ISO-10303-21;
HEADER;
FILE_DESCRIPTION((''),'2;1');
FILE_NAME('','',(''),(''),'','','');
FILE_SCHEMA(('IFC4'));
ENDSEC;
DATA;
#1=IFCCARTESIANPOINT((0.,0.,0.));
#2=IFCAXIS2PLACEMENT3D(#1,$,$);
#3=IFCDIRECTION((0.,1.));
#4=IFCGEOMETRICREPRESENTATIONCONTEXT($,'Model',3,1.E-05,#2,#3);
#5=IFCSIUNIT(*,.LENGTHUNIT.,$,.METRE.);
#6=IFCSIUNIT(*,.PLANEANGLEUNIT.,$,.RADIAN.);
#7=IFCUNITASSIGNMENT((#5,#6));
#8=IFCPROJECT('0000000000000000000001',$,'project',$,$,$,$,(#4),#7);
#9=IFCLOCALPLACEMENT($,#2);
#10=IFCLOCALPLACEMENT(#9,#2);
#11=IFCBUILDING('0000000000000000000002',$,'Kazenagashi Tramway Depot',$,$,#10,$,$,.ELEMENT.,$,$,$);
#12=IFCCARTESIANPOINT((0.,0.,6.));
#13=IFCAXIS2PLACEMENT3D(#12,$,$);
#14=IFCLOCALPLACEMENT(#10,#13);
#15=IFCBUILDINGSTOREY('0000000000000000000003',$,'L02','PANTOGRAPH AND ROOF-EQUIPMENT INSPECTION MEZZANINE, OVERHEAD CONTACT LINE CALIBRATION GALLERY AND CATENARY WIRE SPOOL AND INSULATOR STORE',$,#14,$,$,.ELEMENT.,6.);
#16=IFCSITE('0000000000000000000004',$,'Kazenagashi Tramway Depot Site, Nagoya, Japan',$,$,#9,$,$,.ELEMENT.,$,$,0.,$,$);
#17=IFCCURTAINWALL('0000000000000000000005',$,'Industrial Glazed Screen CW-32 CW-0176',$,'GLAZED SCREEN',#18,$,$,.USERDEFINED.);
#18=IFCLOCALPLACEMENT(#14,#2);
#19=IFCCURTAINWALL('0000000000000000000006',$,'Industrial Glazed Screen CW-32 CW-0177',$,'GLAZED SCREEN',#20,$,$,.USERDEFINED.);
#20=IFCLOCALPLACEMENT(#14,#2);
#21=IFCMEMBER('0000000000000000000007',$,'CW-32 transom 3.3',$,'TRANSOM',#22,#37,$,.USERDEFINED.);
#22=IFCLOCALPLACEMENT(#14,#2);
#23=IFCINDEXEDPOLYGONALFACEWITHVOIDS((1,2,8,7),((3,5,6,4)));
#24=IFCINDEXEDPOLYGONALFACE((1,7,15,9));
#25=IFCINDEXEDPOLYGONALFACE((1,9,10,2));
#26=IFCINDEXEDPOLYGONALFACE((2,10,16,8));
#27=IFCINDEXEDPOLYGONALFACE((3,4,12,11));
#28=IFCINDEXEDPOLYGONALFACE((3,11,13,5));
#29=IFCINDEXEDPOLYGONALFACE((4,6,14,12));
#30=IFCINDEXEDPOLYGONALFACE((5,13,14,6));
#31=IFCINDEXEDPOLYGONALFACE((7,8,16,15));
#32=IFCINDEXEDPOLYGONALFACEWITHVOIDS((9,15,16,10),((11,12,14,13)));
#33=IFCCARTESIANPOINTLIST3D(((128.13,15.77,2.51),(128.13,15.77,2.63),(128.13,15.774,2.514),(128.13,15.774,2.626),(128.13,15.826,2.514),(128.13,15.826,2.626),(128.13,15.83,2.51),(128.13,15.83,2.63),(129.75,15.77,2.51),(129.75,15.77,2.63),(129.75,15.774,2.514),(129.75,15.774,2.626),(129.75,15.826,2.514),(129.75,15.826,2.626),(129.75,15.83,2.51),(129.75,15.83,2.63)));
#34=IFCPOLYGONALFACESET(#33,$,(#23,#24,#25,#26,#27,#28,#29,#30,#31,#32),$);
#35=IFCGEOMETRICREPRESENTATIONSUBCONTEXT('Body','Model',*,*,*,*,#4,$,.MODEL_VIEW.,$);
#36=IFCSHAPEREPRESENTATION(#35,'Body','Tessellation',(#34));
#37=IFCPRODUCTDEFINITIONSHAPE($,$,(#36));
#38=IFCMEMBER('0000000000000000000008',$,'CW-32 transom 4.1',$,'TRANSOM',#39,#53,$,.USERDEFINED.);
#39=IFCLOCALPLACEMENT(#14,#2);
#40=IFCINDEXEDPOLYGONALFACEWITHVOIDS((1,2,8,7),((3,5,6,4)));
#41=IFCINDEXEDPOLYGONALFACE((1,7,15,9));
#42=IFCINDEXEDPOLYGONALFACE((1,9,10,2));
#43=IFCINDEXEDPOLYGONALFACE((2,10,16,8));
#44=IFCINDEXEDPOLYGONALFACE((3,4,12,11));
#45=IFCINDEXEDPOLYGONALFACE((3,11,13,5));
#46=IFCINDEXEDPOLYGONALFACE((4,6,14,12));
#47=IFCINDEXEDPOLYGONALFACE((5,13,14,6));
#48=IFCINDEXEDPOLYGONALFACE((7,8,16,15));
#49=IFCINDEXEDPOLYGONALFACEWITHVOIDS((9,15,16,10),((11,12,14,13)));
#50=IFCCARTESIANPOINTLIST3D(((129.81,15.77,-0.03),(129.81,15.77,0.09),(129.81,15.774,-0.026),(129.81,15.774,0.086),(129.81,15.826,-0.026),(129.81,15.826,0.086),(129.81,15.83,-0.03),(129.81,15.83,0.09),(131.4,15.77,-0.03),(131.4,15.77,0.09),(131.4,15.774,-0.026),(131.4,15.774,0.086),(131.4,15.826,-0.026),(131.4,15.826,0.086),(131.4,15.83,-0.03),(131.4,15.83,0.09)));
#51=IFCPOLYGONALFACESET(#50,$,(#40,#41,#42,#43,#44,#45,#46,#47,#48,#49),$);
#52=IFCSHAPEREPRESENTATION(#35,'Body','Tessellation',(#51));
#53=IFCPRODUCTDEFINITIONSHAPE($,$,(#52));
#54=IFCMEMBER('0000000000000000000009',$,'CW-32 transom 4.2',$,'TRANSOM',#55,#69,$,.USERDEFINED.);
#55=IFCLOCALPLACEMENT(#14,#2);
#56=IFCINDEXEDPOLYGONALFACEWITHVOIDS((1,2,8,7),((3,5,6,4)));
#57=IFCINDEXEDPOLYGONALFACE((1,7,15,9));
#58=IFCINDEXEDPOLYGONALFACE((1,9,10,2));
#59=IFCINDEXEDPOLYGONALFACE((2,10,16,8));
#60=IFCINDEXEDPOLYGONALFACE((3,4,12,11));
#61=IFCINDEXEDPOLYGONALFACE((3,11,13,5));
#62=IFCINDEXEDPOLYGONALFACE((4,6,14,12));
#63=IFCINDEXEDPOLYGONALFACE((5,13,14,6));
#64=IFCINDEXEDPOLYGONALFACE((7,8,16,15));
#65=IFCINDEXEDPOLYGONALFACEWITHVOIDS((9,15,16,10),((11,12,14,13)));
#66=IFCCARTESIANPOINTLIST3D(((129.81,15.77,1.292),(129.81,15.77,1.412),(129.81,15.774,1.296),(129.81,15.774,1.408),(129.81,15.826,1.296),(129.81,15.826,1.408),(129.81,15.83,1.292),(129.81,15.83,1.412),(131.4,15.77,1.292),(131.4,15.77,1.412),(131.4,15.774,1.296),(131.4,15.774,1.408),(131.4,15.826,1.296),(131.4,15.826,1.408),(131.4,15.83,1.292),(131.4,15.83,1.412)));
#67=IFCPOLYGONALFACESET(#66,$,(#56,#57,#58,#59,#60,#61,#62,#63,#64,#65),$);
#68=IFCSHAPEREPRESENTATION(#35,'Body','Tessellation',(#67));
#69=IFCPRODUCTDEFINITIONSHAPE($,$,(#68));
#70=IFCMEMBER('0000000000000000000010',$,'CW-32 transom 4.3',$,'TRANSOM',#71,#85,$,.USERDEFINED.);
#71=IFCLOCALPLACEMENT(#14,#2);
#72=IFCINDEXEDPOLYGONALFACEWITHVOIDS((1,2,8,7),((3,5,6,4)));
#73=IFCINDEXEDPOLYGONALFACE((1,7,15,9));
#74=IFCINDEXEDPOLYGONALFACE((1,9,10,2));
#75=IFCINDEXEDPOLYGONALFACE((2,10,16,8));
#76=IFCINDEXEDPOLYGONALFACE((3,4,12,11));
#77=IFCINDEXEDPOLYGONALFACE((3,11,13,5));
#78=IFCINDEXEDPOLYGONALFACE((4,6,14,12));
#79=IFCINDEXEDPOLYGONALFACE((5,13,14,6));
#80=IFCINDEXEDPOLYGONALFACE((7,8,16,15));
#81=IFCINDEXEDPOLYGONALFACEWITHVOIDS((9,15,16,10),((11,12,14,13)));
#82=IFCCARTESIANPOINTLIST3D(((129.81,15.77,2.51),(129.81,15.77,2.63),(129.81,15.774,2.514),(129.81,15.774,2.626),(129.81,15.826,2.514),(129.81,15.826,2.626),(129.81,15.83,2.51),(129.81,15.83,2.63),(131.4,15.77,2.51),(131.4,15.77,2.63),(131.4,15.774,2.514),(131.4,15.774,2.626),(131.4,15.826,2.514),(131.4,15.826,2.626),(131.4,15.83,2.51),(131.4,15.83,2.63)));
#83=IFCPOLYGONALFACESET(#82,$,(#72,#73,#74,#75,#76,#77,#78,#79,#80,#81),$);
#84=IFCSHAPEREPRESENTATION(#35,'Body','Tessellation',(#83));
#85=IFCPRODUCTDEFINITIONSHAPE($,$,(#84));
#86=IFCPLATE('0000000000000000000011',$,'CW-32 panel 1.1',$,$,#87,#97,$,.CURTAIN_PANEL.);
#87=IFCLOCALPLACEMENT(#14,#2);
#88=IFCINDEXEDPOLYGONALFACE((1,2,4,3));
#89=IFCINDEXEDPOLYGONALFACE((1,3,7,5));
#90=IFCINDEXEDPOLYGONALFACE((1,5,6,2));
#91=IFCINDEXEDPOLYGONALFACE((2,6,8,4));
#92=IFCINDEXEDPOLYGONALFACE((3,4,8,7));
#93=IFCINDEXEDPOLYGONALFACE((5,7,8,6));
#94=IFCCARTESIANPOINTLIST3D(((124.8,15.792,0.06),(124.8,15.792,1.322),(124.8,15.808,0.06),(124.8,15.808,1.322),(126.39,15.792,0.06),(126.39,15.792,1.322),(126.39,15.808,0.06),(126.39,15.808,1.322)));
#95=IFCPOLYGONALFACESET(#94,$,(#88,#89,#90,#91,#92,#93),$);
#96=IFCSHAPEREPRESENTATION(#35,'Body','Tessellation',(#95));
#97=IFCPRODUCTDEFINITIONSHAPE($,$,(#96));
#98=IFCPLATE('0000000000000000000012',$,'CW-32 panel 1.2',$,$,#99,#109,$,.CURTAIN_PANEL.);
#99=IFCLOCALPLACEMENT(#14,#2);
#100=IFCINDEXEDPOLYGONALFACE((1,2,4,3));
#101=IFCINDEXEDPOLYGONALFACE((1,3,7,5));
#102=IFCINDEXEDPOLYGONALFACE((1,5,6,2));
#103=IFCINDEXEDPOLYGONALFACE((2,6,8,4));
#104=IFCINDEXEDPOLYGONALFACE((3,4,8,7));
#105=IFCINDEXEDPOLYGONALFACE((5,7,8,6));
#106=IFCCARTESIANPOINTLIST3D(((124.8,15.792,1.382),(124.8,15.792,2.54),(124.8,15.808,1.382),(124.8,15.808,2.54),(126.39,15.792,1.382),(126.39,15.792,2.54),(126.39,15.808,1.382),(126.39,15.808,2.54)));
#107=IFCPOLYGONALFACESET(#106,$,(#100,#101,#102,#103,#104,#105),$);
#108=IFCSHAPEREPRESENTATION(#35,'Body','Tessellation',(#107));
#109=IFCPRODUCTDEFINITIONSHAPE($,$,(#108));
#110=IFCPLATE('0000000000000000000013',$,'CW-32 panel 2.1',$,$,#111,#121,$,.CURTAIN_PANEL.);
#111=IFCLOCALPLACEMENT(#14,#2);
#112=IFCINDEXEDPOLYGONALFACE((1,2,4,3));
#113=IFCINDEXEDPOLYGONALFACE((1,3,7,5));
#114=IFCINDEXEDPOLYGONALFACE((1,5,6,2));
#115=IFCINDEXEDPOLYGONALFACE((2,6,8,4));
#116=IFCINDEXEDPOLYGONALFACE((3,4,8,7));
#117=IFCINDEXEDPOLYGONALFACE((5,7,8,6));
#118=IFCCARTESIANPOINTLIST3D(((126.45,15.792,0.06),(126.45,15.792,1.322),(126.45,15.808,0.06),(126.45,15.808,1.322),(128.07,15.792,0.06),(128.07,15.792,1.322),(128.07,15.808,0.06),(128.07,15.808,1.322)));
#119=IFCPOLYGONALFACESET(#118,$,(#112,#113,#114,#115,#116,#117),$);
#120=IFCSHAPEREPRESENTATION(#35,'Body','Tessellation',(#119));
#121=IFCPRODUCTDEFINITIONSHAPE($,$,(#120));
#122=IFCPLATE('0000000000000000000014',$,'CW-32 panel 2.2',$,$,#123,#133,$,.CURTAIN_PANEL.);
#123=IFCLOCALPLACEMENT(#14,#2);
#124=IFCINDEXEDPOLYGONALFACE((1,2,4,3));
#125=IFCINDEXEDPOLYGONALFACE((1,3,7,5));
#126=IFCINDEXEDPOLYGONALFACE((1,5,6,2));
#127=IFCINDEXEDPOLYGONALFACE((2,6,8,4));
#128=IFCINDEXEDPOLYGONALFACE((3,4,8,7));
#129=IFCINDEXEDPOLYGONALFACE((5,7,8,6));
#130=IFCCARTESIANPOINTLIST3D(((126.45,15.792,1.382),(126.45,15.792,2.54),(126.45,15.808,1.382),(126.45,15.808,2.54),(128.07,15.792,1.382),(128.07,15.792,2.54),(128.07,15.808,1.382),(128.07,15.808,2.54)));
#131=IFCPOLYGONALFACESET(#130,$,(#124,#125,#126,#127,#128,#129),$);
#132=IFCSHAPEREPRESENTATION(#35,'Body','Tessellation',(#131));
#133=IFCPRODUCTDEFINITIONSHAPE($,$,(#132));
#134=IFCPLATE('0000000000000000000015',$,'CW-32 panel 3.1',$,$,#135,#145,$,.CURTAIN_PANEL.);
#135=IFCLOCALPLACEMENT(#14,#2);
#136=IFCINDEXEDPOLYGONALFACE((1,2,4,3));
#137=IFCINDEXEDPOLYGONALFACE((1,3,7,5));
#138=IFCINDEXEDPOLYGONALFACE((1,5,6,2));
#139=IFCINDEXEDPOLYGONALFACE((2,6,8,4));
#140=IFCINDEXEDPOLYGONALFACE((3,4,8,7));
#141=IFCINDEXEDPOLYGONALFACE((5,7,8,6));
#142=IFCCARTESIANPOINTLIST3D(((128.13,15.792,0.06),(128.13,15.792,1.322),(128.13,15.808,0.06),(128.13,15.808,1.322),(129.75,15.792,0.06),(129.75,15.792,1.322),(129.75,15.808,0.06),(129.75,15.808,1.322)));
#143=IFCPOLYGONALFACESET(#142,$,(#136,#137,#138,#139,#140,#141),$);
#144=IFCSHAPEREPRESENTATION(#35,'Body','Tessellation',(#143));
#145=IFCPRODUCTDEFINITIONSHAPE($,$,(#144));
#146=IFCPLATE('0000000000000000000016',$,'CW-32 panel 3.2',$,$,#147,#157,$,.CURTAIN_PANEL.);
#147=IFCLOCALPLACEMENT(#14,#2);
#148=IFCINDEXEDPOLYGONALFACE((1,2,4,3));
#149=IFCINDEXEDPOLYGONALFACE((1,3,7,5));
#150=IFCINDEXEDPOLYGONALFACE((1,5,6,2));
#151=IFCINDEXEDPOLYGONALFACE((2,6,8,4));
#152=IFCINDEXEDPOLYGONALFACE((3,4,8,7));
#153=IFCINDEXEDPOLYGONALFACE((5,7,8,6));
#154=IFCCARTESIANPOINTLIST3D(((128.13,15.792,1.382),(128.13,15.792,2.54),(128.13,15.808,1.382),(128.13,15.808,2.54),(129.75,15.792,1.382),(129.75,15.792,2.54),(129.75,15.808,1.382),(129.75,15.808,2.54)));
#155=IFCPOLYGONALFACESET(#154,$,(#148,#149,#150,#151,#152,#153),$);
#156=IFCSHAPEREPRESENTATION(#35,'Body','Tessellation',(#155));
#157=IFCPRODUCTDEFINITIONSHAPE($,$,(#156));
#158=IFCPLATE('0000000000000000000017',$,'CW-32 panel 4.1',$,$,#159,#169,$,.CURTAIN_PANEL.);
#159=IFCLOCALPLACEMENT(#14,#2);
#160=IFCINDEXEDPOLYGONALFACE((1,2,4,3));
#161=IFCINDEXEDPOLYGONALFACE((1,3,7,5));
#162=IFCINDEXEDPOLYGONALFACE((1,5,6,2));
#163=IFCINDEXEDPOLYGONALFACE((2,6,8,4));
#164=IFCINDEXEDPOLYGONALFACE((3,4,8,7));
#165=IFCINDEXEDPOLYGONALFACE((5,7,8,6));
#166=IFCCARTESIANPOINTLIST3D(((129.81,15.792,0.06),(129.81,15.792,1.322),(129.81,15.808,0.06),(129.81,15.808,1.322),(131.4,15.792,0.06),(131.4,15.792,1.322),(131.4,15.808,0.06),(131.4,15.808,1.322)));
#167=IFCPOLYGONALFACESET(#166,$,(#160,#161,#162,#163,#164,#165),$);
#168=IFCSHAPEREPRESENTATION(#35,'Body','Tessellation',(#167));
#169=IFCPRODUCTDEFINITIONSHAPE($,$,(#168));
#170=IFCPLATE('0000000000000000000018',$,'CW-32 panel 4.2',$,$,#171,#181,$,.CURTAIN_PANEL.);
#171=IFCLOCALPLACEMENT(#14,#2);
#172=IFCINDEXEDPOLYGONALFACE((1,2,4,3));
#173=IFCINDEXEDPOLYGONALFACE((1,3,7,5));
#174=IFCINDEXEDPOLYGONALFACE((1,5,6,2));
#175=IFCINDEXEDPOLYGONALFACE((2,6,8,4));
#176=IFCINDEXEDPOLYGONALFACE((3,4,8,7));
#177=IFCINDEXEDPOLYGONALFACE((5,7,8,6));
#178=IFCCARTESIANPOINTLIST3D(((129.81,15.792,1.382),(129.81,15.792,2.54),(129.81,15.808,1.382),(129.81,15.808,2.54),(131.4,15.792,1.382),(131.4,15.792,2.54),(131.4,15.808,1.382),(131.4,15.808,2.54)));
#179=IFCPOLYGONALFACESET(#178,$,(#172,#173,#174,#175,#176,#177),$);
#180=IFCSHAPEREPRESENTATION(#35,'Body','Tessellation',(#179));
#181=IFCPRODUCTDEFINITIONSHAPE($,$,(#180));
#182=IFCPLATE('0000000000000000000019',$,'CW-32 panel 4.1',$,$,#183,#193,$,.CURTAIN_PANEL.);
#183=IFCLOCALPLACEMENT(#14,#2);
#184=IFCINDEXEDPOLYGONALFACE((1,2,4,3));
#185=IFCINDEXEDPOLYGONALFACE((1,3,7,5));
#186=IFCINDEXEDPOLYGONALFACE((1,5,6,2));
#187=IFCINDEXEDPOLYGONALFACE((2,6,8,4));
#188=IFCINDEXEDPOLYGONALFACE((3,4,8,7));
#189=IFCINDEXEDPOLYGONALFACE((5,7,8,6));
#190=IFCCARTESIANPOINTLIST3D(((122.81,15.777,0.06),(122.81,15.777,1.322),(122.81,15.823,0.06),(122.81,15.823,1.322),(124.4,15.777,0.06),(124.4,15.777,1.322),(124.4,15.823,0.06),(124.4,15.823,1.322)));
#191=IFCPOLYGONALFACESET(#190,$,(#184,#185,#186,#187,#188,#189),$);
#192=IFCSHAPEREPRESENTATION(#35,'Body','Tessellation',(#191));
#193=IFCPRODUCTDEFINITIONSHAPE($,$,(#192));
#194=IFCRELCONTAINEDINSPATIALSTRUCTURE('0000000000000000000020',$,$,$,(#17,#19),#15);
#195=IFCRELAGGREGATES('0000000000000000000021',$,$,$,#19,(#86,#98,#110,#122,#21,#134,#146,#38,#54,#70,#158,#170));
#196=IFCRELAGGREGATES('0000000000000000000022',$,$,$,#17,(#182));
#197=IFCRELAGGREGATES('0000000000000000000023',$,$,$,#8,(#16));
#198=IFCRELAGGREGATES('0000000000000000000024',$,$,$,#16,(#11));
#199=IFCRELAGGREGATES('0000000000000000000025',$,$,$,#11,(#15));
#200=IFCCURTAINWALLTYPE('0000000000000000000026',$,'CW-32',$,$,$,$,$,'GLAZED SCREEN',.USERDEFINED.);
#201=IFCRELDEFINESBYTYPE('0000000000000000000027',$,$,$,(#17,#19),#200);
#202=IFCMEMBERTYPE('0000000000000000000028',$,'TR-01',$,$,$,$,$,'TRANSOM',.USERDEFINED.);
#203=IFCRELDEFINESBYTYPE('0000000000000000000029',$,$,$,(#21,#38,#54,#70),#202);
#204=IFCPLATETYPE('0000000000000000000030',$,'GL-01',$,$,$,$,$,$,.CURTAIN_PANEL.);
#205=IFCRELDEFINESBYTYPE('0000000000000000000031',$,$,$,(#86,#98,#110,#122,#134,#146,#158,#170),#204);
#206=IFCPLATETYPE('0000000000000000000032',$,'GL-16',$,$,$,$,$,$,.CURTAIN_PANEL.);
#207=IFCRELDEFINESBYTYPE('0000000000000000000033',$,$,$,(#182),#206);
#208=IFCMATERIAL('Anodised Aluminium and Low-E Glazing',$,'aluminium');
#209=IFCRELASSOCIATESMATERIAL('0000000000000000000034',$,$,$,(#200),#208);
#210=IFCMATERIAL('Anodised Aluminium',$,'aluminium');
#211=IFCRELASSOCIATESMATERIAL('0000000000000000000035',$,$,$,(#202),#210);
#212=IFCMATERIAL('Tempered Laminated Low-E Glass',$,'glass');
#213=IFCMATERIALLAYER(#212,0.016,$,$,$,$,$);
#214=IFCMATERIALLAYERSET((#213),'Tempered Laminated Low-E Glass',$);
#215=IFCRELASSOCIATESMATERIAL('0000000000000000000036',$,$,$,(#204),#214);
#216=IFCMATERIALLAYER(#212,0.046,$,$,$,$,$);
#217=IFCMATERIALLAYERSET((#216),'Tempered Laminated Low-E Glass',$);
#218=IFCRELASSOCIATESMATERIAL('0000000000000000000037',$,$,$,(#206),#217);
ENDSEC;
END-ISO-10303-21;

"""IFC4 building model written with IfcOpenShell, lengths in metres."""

from ifc_helpers import new_model, si_unit, direction, frame, origin, origin_2d, place, context, subcontext, project, spatial, rectangle, hollow_rectangle, extrude, material, layer, layer_set, material_profile, profile_set, type_object, element, aggregate, save


model = new_model("IFC4")

# Units and contexts
model_context = context("Model", 3, precision=1e-05, world=origin(), true_north=direction((0.0, 1.0)))
body_context = subcontext(model_context, "Body", "Model", "MODEL_VIEW")
ifc_project = project(units=[si_unit("LENGTHUNIT", "METRE"), si_unit("PLANEANGLEUNIT", "RADIAN")], contexts=[model_context])

# Site, building, storey
site_placement = place(None, origin())
site = spatial("IfcSite", under=ifc_project, at=site_placement, Name="Kazenagashi Tramway Depot Site, Nagoya, Japan", CompositionType="ELEMENT", RefElevation=0.0)
building_placement = place(site_placement, origin())
building = spatial("IfcBuilding", under=site, at=building_placement, Name="Kazenagashi Tramway Depot", CompositionType="ELEMENT")
storey_placement = place(building_placement, frame((0.0, 0.0, 6.0)))
storey = spatial("IfcBuildingStorey", under=building, at=storey_placement, Name="L02", Description="PANTOGRAPH AND ROOF-EQUIPMENT INSPECTION MEZZANINE, OVERHEAD CONTACT LINE CALIBRATION GALLERY AND CATENARY WIRE SPOOL AND INSULATOR STORE", CompositionType="ELEMENT", Elevation=6.0)

# Curtain wall
ifc_material_1 = material(Name="Anodised Aluminium and Low-E Glazing", Category="aluminium")
curtain_wall_type_1 = type_object("IfcCurtainWallType", Name="CW-32", ElementType="GLAZED SCREEN", PredefinedType="USERDEFINED", material=ifc_material_1)
curtain_wall_1_placement = place(storey_placement, origin())
curtain_wall_1 = element("IfcCurtainWall", 1, at=curtain_wall_1_placement, inside=storey, type_object=curtain_wall_type_1, Name="Industrial Glazed Screen CW-32 CW-0176", ObjectType="GLAZED SCREEN", PredefinedType="USERDEFINED")
ifc_material_2 = material(Name="Anodised Aluminium", Category="aluminium")

# Curtain wall
curtain_wall_2_placement = place(storey_placement, origin())
curtain_wall_2 = element("IfcCurtainWall", 2, at=curtain_wall_2_placement, inside=storey, type_object=curtain_wall_type_1, Name="Industrial Glazed Screen CW-32 CW-0177", ObjectType="GLAZED SCREEN", PredefinedType="USERDEFINED")

# Members
ifc_material_profile_1 = material_profile(ifc_material_2, hollow_rectangle(XDim=0.06, YDim=0.12, WallThickness=0.004, at=origin_2d()), Name="RHS-120x60x4")
ifc_profile_set_1 = profile_set([ifc_material_profile_1], Name="Anodised Aluminium")
member_type_1 = type_object("IfcMemberType", Name="TR-01", ElementType="TRANSOM", PredefinedType="USERDEFINED", material=ifc_profile_set_1)
member_1_placement = place(storey_placement, frame((128.13, 15.8, 2.57), z_axis=(1.0, 0.0, 0.0), x_axis=(0.0, 1.0, 0.0)))
member_1 = element("IfcMember", 3, at=member_1_placement, type_object=member_type_1, Name="CW-32 transom 3.3", ObjectType="TRANSOM", PredefinedType="USERDEFINED", context=body_context, shape_type="SweptSolid", body=[
    extrude(hollow_rectangle(XDim=0.06, YDim=0.12, WallThickness=0.004, at=origin_2d()), origin(), (0.0, 0.0, 1.0), 1.62),
])
member_2_placement = place(storey_placement, frame((129.81, 15.8, 0.03), z_axis=(1.0, 0.0, 0.0), x_axis=(0.0, 1.0, 0.0)))
member_2 = element("IfcMember", 4, at=member_2_placement, type_object=member_type_1, Name="CW-32 transom 4.1", ObjectType="TRANSOM", PredefinedType="USERDEFINED", context=body_context, shape_type="SweptSolid", body=[
    extrude(hollow_rectangle(XDim=0.06, YDim=0.12, WallThickness=0.004, at=origin_2d()), origin(), (0.0, 0.0, 1.0), 1.59),
])
member_3_placement = place(storey_placement, frame((129.81, 15.8, 1.352), z_axis=(1.0, 0.0, 0.0), x_axis=(0.0, 1.0, 0.0)))
member_3 = element("IfcMember", 5, at=member_3_placement, type_object=member_type_1, Name="CW-32 transom 4.2", ObjectType="TRANSOM", PredefinedType="USERDEFINED", context=body_context, shape_type="SweptSolid", body=[
    extrude(hollow_rectangle(XDim=0.06, YDim=0.12, WallThickness=0.004, at=origin_2d()), origin(), (0.0, 0.0, 1.0), 1.59),
])
member_4_placement = place(storey_placement, frame((129.81, 15.8, 2.57), z_axis=(1.0, 0.0, 0.0), x_axis=(0.0, 1.0, 0.0)))
member_4 = element("IfcMember", 6, at=member_4_placement, type_object=member_type_1, Name="CW-32 transom 4.3", ObjectType="TRANSOM", PredefinedType="USERDEFINED", context=body_context, shape_type="SweptSolid", body=[
    extrude(hollow_rectangle(XDim=0.06, YDim=0.12, WallThickness=0.004, at=origin_2d()), origin(), (0.0, 0.0, 1.0), 1.59),
])

# Plates
ifc_material_3 = material(Name="Tempered Laminated Low-E Glass", Category="glass")
ifc_layer_1 = layer(ifc_material_3, 0.016)
ifc_layer_set_1 = layer_set([ifc_layer_1], Name="Tempered Laminated Low-E Glass")
plate_type_1 = type_object("IfcPlateType", Name="GL-01", PredefinedType="CURTAIN_PANEL", material=ifc_layer_set_1)
plate_1_placement = place(storey_placement, frame((125.595, 15.8, 0.06), z_axis=(0.0, 0.0, 1.0), x_axis=(1.0, 0.0, 0.0)))
plate_1 = element("IfcPlate", 7, at=plate_1_placement, type_object=plate_type_1, Name="CW-32 panel 1.1", PredefinedType="CURTAIN_PANEL", context=body_context, shape_type="SweptSolid", body=[
    extrude(rectangle(XDim=1.59, YDim=0.016, at=origin_2d()), origin(), (0.0, 0.0, 1.0), 1.262),
])
plate_2_placement = place(storey_placement, frame((125.595, 15.8, 1.382), z_axis=(0.0, 0.0, 1.0), x_axis=(1.0, 0.0, 0.0)))
plate_2 = element("IfcPlate", 8, at=plate_2_placement, type_object=plate_type_1, Name="CW-32 panel 1.2", PredefinedType="CURTAIN_PANEL", context=body_context, shape_type="SweptSolid", body=[
    extrude(rectangle(XDim=1.59, YDim=0.016, at=origin_2d()), origin(), (0.0, 0.0, 1.0), 1.158),
])
plate_3_placement = place(storey_placement, frame((127.26, 15.8, 0.06), z_axis=(0.0, 0.0, 1.0), x_axis=(1.0, 0.0, 0.0)))
plate_3 = element("IfcPlate", 9, at=plate_3_placement, type_object=plate_type_1, Name="CW-32 panel 2.1", PredefinedType="CURTAIN_PANEL", context=body_context, shape_type="SweptSolid", body=[
    extrude(rectangle(XDim=1.62, YDim=0.016, at=origin_2d()), origin(), (0.0, 0.0, 1.0), 1.262),
])
plate_4_placement = place(storey_placement, frame((127.26, 15.8, 1.382), z_axis=(0.0, 0.0, 1.0), x_axis=(1.0, 0.0, 0.0)))
plate_4 = element("IfcPlate", 10, at=plate_4_placement, type_object=plate_type_1, Name="CW-32 panel 2.2", PredefinedType="CURTAIN_PANEL", context=body_context, shape_type="SweptSolid", body=[
    extrude(rectangle(XDim=1.62, YDim=0.016, at=origin_2d()), origin(), (0.0, 0.0, 1.0), 1.158),
])
plate_5_placement = place(storey_placement, frame((128.94, 15.8, 0.06), z_axis=(0.0, 0.0, 1.0), x_axis=(1.0, 0.0, 0.0)))
plate_5 = element("IfcPlate", 11, at=plate_5_placement, type_object=plate_type_1, Name="CW-32 panel 3.1", PredefinedType="CURTAIN_PANEL", context=body_context, shape_type="SweptSolid", body=[
    extrude(rectangle(XDim=1.62, YDim=0.016, at=origin_2d()), origin(), (0.0, 0.0, 1.0), 1.262),
])
plate_6_placement = place(storey_placement, frame((128.94, 15.8, 1.382), z_axis=(0.0, 0.0, 1.0), x_axis=(1.0, 0.0, 0.0)))
plate_6 = element("IfcPlate", 12, at=plate_6_placement, type_object=plate_type_1, Name="CW-32 panel 3.2", PredefinedType="CURTAIN_PANEL", context=body_context, shape_type="SweptSolid", body=[
    extrude(rectangle(XDim=1.62, YDim=0.016, at=origin_2d()), origin(), (0.0, 0.0, 1.0), 1.158),
])
plate_7_placement = place(storey_placement, frame((130.605, 15.8, 0.06), z_axis=(0.0, 0.0, 1.0), x_axis=(1.0, 0.0, 0.0)))
plate_7 = element("IfcPlate", 13, at=plate_7_placement, type_object=plate_type_1, Name="CW-32 panel 4.1", PredefinedType="CURTAIN_PANEL", context=body_context, shape_type="SweptSolid", body=[
    extrude(rectangle(XDim=1.59, YDim=0.016, at=origin_2d()), origin(), (0.0, 0.0, 1.0), 1.262),
])
plate_8_placement = place(storey_placement, frame((130.605, 15.8, 1.382), z_axis=(0.0, 0.0, 1.0), x_axis=(1.0, 0.0, 0.0)))
plate_8 = element("IfcPlate", 14, at=plate_8_placement, type_object=plate_type_1, Name="CW-32 panel 4.2", PredefinedType="CURTAIN_PANEL", context=body_context, shape_type="SweptSolid", body=[
    extrude(rectangle(XDim=1.59, YDim=0.016, at=origin_2d()), origin(), (0.0, 0.0, 1.0), 1.158),
])
aggregate(curtain_wall_2, [plate_1, plate_2, plate_3, plate_4, member_1, plate_5, plate_6, member_2, member_3, member_4, plate_7, plate_8])
ifc_layer_2 = layer(ifc_material_3, 0.046)
ifc_layer_set_2 = layer_set([ifc_layer_2], Name="Tempered Laminated Low-E Glass")
plate_type_2 = type_object("IfcPlateType", Name="GL-16", PredefinedType="CURTAIN_PANEL", material=ifc_layer_set_2)
plate_9_placement = place(storey_placement, frame((123.605, 15.8, 0.06), z_axis=(0.0, 0.0, 1.0), x_axis=(1.0, 0.0, 0.0)))
plate_9 = element("IfcPlate", 15, at=plate_9_placement, type_object=plate_type_2, Name="CW-32 panel 4.1", PredefinedType="CURTAIN_PANEL", context=body_context, shape_type="SweptSolid", body=[
    extrude(rectangle(XDim=1.59, YDim=0.046, at=origin_2d()), origin(), (0.0, 0.0, 1.0), 1.262),
])
aggregate(curtain_wall_1, [plate_9])

save(model, "model.ifc")
